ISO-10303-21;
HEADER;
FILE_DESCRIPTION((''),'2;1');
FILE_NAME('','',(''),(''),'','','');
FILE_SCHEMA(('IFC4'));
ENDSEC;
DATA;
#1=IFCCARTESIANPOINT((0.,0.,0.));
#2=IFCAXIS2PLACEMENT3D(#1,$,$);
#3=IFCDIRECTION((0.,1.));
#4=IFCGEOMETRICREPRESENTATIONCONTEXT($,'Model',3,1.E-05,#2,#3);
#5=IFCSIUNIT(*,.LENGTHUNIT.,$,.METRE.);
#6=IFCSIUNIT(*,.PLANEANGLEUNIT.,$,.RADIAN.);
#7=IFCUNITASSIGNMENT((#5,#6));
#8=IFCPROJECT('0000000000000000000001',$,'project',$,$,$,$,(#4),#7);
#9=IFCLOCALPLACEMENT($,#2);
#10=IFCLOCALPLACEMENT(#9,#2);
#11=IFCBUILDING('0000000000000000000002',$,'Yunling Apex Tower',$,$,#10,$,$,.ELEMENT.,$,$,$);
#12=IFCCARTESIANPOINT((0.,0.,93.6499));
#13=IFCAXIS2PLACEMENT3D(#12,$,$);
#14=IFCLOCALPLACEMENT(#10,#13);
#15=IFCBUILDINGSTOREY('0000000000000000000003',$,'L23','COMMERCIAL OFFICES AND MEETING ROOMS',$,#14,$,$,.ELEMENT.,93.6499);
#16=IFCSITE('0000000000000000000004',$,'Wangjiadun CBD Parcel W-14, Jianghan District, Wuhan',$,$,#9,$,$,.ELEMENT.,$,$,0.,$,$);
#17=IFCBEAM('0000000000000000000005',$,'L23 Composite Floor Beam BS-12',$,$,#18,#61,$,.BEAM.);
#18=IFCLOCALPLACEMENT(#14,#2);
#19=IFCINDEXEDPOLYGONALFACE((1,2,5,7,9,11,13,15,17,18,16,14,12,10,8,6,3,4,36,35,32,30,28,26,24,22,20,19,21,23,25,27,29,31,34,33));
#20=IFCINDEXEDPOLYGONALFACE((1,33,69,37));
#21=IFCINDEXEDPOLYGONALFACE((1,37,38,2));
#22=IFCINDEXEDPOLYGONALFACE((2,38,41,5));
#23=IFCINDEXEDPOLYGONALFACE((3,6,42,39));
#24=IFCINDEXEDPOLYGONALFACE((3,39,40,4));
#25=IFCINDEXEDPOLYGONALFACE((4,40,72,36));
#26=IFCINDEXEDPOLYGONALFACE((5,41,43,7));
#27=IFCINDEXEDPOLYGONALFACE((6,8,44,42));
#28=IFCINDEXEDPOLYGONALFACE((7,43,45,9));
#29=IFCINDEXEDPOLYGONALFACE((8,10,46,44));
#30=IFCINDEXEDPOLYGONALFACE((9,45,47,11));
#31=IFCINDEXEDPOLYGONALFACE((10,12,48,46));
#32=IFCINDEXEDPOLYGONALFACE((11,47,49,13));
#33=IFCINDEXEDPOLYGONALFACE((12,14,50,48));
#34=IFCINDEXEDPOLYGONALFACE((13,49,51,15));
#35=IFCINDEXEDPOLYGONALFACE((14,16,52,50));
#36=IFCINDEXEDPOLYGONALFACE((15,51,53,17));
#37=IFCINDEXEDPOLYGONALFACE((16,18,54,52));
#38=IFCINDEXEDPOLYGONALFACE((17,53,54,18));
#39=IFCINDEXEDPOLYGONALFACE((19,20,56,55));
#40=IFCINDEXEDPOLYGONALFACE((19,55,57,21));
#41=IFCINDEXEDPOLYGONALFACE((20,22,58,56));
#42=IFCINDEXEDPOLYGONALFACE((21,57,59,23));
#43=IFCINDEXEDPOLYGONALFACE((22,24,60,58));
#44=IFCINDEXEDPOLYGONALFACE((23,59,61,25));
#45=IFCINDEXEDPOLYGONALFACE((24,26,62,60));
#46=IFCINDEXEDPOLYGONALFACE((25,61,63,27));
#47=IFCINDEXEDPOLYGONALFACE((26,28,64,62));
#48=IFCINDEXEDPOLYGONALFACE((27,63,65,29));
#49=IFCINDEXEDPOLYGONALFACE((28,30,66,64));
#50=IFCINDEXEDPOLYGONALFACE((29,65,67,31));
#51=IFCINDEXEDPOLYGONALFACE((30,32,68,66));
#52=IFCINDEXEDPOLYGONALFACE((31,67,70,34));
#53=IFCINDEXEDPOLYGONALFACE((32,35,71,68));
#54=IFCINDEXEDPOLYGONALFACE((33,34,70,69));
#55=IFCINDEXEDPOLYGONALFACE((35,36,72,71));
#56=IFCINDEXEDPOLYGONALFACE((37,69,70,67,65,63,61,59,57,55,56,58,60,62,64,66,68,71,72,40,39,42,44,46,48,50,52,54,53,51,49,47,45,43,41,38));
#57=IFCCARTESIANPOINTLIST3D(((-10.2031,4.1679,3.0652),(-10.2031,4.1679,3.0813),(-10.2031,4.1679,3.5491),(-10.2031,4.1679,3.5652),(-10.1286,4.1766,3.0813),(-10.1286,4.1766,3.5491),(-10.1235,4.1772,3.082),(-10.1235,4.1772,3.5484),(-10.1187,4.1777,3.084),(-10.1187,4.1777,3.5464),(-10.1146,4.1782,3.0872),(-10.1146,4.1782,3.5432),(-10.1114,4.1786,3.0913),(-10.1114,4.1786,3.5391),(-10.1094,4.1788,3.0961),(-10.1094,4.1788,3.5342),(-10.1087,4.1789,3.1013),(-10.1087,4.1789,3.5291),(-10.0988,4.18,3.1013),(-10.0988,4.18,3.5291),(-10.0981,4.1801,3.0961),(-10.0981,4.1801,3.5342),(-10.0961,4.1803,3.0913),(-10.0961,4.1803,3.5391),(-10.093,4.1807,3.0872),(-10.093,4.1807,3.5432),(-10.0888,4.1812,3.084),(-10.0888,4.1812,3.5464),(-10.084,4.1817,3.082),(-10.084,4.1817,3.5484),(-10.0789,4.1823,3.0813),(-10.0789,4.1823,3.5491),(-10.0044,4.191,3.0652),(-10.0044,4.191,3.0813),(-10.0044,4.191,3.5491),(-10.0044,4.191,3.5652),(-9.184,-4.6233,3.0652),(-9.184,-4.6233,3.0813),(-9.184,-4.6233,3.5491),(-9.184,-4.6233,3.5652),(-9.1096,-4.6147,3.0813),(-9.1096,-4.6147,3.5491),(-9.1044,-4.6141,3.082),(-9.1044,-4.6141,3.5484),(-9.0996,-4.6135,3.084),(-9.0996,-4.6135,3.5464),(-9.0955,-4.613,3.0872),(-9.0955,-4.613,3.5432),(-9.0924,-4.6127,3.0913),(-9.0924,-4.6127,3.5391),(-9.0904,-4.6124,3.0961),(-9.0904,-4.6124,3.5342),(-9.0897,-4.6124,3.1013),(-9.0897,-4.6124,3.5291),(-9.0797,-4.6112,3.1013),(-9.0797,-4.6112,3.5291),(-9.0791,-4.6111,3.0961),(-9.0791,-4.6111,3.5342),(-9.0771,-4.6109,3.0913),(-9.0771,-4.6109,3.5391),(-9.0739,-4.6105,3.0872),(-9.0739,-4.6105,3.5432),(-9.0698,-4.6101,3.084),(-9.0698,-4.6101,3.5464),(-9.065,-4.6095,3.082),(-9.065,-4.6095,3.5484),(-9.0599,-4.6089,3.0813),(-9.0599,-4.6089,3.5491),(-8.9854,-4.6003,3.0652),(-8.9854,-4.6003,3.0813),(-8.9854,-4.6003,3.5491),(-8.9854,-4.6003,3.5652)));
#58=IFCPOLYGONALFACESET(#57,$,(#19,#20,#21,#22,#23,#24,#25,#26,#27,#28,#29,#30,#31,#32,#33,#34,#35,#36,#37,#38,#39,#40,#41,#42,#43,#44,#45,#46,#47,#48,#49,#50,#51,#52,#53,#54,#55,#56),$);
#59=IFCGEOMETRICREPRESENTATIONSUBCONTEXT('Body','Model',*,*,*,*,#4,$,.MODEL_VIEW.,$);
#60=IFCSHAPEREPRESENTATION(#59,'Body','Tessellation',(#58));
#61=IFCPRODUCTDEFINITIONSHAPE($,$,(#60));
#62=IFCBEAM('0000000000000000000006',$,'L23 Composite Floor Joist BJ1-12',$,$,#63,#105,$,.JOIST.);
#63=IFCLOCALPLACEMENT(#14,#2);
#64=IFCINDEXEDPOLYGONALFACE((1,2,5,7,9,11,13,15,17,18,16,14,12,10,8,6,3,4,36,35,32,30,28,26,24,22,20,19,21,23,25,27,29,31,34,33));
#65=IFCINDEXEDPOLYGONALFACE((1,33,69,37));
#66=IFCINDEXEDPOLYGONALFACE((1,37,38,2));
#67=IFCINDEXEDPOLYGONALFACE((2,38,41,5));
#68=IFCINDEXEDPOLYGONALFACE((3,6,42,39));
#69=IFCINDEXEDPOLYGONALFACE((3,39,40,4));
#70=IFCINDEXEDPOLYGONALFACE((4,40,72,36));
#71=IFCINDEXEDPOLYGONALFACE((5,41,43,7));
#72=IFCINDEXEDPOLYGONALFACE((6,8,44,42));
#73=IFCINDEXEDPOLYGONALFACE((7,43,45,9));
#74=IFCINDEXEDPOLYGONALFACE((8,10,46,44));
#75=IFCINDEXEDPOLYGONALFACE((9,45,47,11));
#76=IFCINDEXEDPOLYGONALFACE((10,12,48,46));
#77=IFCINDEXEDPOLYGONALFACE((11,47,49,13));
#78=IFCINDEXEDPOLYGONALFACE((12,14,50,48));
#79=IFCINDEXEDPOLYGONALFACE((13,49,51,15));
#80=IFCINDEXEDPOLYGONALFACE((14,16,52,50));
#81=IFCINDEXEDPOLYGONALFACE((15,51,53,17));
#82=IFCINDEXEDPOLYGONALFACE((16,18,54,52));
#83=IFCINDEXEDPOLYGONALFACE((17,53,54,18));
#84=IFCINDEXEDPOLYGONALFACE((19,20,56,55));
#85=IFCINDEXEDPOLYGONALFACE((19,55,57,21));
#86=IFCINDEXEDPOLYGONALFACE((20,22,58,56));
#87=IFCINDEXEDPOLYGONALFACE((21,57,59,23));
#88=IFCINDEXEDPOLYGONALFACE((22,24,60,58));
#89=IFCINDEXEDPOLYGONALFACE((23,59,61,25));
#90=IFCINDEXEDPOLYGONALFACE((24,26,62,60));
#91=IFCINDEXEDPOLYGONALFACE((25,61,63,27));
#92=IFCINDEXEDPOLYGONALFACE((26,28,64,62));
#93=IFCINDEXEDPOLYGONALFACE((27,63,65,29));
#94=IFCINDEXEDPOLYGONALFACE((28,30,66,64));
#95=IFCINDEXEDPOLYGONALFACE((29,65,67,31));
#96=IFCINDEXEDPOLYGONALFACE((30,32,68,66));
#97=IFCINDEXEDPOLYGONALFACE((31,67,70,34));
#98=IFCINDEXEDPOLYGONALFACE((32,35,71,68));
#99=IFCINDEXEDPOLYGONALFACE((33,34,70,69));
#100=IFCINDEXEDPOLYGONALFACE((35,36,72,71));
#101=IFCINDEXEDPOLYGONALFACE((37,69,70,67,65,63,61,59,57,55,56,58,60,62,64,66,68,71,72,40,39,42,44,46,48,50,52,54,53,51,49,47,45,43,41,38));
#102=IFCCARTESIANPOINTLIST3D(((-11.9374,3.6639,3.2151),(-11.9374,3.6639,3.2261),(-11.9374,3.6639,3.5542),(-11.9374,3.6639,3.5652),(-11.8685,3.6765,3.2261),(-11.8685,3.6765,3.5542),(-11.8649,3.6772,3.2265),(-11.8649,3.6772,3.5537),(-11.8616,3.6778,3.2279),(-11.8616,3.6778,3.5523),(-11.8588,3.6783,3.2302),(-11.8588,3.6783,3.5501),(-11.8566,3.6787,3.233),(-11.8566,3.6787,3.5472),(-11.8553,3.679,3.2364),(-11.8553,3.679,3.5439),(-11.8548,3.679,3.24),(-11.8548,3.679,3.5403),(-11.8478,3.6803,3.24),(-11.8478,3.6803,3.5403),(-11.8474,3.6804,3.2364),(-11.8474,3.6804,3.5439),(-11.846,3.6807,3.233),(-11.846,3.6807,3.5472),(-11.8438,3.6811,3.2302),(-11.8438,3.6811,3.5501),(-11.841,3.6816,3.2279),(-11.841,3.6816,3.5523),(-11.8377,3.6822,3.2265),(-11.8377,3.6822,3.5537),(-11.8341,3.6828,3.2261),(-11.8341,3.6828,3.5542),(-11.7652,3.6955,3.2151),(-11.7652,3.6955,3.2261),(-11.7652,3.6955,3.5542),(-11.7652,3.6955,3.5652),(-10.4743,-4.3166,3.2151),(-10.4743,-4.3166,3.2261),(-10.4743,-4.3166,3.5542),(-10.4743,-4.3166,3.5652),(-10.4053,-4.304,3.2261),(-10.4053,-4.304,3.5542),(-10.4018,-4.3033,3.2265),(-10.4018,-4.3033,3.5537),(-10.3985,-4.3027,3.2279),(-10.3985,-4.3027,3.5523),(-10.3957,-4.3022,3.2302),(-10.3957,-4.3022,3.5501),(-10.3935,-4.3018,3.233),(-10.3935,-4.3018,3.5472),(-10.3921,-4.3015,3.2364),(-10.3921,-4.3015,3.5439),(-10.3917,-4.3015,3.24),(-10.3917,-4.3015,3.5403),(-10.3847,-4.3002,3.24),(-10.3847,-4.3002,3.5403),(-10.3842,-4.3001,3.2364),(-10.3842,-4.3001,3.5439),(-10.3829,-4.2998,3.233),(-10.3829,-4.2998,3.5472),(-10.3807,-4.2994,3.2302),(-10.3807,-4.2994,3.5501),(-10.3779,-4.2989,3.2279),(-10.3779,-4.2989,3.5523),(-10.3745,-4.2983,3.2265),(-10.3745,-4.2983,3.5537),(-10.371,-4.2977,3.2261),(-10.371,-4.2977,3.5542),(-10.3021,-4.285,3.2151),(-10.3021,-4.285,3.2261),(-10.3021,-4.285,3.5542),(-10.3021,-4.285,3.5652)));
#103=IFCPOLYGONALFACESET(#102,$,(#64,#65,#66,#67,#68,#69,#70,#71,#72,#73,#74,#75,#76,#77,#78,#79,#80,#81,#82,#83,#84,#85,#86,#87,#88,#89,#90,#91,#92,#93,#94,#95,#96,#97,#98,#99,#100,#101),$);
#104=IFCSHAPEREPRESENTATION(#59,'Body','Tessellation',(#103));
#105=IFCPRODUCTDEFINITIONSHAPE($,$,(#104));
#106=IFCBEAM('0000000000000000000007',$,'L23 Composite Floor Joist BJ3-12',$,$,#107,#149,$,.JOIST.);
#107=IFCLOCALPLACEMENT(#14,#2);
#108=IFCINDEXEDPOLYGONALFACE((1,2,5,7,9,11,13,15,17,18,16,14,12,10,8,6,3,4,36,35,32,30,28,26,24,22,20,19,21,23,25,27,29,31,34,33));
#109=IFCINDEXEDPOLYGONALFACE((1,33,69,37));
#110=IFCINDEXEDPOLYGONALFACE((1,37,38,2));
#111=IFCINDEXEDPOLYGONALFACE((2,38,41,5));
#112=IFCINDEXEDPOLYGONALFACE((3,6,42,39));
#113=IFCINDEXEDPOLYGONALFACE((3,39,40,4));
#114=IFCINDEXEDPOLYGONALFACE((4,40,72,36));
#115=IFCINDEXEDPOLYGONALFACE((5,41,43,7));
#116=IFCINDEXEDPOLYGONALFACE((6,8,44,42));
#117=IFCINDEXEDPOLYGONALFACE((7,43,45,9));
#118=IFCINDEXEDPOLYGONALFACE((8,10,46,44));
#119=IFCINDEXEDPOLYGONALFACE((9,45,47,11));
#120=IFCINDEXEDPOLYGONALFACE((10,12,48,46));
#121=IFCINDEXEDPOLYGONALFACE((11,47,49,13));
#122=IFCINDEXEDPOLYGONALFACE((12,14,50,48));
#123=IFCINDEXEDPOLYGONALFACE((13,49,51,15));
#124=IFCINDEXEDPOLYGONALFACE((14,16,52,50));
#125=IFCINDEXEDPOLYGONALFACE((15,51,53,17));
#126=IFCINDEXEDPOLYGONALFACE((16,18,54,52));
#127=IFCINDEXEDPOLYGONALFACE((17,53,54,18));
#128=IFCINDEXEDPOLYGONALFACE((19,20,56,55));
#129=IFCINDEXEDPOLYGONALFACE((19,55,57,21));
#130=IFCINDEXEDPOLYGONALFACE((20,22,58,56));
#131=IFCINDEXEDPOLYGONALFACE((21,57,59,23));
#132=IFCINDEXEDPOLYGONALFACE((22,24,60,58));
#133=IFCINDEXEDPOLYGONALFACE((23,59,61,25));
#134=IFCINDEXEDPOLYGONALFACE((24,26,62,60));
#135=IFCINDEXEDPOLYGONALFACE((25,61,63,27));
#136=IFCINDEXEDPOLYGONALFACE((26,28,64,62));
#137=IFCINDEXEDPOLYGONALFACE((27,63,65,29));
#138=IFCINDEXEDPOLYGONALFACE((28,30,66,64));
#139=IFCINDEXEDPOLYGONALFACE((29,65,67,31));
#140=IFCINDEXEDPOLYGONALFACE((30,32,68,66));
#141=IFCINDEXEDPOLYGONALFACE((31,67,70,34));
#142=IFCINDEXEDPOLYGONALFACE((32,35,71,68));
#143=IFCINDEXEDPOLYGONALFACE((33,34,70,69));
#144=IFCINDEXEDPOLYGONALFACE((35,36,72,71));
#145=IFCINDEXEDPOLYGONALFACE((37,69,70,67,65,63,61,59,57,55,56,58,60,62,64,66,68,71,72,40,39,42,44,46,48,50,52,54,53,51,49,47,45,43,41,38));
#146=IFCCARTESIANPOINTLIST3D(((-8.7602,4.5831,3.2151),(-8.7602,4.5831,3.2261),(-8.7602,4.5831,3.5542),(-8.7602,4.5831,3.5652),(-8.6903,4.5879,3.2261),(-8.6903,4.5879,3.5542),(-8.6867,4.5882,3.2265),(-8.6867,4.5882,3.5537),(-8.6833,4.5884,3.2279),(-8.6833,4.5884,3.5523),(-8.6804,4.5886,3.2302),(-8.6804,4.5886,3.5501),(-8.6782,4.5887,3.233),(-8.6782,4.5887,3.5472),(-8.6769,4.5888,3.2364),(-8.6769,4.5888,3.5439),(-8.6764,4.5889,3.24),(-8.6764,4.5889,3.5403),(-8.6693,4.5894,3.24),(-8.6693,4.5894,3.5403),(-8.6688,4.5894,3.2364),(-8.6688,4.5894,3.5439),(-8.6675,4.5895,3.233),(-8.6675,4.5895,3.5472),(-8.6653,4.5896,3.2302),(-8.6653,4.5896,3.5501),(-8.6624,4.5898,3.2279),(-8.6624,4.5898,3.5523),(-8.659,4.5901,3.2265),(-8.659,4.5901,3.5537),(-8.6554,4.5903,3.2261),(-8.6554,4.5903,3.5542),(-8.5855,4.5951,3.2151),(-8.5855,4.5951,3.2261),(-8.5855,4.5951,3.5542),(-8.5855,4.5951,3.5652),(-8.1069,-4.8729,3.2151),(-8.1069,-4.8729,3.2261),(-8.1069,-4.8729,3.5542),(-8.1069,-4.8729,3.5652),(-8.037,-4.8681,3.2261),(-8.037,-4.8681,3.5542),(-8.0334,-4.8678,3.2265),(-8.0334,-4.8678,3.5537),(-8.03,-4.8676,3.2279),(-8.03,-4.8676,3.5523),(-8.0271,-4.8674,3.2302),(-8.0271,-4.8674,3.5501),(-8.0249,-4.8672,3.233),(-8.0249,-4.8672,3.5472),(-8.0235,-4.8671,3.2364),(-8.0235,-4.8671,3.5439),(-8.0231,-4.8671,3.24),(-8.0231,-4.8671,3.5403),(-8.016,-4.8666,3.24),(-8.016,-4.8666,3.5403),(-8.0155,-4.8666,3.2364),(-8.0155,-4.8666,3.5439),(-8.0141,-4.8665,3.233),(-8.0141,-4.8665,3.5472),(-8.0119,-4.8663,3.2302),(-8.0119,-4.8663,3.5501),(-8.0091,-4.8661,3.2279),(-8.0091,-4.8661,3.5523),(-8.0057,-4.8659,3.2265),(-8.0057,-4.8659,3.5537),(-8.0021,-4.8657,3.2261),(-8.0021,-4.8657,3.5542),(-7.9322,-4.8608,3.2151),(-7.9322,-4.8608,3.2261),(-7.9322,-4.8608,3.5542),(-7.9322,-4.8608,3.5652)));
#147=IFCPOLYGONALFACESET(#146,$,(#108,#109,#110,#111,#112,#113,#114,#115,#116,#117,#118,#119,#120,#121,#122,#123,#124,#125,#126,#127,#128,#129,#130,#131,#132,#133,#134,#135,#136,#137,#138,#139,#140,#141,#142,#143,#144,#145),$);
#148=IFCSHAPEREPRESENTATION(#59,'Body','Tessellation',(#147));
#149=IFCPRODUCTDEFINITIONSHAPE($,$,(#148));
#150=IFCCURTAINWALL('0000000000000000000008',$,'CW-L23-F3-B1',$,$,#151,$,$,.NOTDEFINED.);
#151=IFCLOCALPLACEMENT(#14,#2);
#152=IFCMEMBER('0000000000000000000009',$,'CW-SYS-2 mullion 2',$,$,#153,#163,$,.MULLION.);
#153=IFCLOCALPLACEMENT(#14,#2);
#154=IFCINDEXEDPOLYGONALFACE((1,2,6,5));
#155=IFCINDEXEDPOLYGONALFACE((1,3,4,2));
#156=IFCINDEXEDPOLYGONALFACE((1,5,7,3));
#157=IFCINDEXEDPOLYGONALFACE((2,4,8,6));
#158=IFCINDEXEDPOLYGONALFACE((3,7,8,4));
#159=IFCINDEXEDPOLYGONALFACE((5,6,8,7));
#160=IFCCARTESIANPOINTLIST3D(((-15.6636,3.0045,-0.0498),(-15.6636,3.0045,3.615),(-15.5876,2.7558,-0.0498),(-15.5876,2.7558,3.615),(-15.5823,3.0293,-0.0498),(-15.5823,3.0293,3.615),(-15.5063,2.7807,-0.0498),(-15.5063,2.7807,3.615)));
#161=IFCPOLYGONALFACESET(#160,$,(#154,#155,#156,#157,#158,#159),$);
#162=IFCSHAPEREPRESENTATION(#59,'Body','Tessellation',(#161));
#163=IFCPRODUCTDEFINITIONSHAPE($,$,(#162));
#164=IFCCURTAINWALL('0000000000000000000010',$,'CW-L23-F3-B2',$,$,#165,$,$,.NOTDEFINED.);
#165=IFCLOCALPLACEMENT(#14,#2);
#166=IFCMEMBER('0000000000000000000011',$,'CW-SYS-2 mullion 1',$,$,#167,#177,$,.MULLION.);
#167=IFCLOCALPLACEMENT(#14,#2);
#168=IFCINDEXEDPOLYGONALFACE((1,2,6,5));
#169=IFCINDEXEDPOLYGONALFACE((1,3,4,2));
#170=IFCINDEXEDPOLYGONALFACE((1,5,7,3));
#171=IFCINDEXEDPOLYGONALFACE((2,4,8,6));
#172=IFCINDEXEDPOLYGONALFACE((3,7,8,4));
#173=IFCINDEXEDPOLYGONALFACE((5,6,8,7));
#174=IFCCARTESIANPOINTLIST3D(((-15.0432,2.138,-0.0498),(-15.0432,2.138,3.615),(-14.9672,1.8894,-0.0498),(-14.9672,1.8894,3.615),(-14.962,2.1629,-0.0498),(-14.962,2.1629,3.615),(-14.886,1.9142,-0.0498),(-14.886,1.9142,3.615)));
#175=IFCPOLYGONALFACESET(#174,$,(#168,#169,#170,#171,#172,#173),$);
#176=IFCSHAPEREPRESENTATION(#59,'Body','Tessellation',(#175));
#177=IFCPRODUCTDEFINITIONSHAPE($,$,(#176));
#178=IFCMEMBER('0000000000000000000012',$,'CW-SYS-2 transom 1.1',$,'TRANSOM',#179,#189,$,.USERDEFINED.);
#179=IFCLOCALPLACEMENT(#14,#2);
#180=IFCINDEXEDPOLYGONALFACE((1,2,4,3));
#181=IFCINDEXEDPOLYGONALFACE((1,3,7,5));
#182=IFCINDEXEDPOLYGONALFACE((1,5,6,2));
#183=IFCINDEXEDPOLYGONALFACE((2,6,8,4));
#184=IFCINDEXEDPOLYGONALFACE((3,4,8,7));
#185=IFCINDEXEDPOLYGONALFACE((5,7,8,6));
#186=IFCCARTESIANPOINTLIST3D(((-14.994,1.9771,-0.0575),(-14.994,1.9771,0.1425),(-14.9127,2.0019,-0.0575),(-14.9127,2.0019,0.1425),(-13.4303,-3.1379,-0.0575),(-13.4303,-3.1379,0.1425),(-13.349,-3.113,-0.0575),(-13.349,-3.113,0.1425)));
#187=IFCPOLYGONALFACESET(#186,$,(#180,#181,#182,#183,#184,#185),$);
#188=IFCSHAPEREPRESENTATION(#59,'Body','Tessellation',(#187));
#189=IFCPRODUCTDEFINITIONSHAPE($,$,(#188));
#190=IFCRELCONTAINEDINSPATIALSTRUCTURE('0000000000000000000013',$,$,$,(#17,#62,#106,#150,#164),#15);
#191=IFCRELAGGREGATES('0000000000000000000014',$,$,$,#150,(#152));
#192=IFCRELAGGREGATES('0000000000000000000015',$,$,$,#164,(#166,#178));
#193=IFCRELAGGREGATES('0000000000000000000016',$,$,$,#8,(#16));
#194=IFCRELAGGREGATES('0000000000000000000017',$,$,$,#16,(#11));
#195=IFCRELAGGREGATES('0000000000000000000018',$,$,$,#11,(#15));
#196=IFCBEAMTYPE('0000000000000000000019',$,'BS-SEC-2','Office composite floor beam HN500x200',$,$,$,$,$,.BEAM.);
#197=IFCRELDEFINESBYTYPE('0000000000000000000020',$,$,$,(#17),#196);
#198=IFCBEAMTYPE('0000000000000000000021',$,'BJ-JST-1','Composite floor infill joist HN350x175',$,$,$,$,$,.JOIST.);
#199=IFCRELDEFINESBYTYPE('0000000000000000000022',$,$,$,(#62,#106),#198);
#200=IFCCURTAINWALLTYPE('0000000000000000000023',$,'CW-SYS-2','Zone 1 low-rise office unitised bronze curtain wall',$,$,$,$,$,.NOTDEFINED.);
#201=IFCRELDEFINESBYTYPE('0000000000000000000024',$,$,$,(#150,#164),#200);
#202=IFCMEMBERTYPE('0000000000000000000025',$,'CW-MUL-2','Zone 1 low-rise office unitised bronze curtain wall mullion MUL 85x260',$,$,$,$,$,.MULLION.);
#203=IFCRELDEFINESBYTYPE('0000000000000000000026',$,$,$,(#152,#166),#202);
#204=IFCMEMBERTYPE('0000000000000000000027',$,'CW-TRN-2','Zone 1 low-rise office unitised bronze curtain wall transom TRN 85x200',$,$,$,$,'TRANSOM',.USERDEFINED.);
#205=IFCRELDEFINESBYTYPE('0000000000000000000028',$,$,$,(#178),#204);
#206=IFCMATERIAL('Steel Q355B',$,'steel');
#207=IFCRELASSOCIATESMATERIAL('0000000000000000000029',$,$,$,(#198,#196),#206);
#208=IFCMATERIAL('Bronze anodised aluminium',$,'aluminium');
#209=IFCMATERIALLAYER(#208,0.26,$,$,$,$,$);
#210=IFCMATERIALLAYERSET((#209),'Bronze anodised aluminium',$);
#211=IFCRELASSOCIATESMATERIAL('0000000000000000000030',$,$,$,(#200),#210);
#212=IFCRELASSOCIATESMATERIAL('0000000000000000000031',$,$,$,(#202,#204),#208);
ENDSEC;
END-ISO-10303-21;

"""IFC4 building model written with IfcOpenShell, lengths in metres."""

from ifc_helpers import new_model, si_unit, direction, frame, origin, origin_2d, place, context, subcontext, project, spatial, rectangle, i_section, extrude, source, transform, mapped, material, layer, layer_set, material_profile, profile_set, type_object, element, aggregate, save


model = new_model("IFC4")

# Units and contexts
model_context = context("Model", 3, precision=1e-05, world=origin(), true_north=direction((0.0, 1.0)))
body_context = subcontext(model_context, "Body", "Model", "MODEL_VIEW")
ifc_project = project(units=[si_unit("LENGTHUNIT", "METRE"), si_unit("PLANEANGLEUNIT", "RADIAN")], contexts=[model_context])

# Site, building, storey
site_placement = place(None, origin())
site = spatial("IfcSite", under=ifc_project, at=site_placement, Name="Wangjiadun CBD Parcel W-14, Jianghan District, Wuhan", CompositionType="ELEMENT", RefElevation=0.0)
building_placement = place(site_placement, origin())
building = spatial("IfcBuilding", under=site, at=building_placement, Name="Yunling Apex Tower", CompositionType="ELEMENT")
storey_placement = place(building_placement, frame((0.0, 0.0, 93.6499)))
storey = spatial("IfcBuildingStorey", under=building, at=storey_placement, Name="L23", Description="COMMERCIAL OFFICES AND MEETING ROOMS", CompositionType="ELEMENT", Elevation=93.6499)

# Beams
ifc_material_1 = material(Name="Steel Q355B", Category="steel")
ifc_material_profile_1 = material_profile(ifc_material_1, i_section(OverallWidth=0.175, OverallDepth=0.3501, WebThickness=0.0071, FlangeThickness=0.011, FilletRadius=0.0139, at=origin_2d()))
ifc_profile_set_1 = profile_set([ifc_material_profile_1], Name="Steel Q355B")
beam_type_1 = type_object("IfcBeamType", Name="BJ-JST-1", Description="Composite floor infill joist HN350x175", PredefinedType="JOIST", material=ifc_profile_set_1)
ifc_material_profile_2 = material_profile(ifc_material_1, i_section(OverallWidth=0.2, OverallDepth=0.5, WebThickness=0.01, FlangeThickness=0.0161, FilletRadius=0.02, at=origin_2d()))
ifc_profile_set_2 = profile_set([ifc_material_profile_2], Name="Steel Q355B")
beam_type_2 = type_object("IfcBeamType", Name="BS-SEC-2", Description="Office composite floor beam HN500x200", PredefinedType="BEAM", material=ifc_profile_set_2)
shared_shape_1 = source(origin(), body_context, "Body", "SweptSolid", [
    extrude(i_section(OverallWidth=0.2, OverallDepth=0.5, WebThickness=0.01, FlangeThickness=0.0161, FilletRadius=0.02, at=origin_2d()), origin(), (0.0, 0.0, 1.0), 8.8501),
])
beam_1_placement = place(storey_placement, frame((-10.1038, 4.1794, 3.3152), z_axis=(0.115144, -0.993349, 0.0), x_axis=(0.993349, 0.115144, 0.0)))
element("IfcBeam", 1, at=beam_1_placement, inside=storey, type_object=beam_type_2, Name="L23 Composite Floor Beam BS-12", PredefinedType="BEAM", context=body_context, shape_type="MappedRepresentation", body=[
    mapped(shared_shape_1, transform((0.0, 0.0, 0.0), scale=1.0)),
])
shared_shape_2 = source(origin(), body_context, "Body", "SweptSolid", [
    extrude(i_section(OverallWidth=0.175, OverallDepth=0.3501, WebThickness=0.0071, FlangeThickness=0.011, FilletRadius=0.0139, at=origin_2d()), origin(), (0.0, 0.0, 1.0), 8.1135),
])
beam_2_placement = place(storey_placement, frame((-11.8513, 3.6797, 3.3901), z_axis=(0.180334, -0.983605, 0.0), x_axis=(0.983605, 0.180334, 0.0)))
element("IfcBeam", 2, at=beam_2_placement, inside=storey, type_object=beam_type_1, Name="L23 Composite Floor Joist BJ1-12", PredefinedType="JOIST", context=body_context, shape_type="MappedRepresentation", body=[
    mapped(shared_shape_2, transform((0.0, 0.0, 0.0), scale=1.0)),
])
shared_shape_3 = source(origin(), body_context, "Body", "SweptSolid", [
    extrude(i_section(OverallWidth=0.175, OverallDepth=0.3501, WebThickness=0.0071, FlangeThickness=0.011, FilletRadius=0.0139, at=origin_2d()), origin(), (0.0, 0.0, 1.0), 9.4785),
])
beam_3_placement = place(storey_placement, frame((-8.6729, 4.5891, 3.3901), z_axis=(0.068926, -0.997622, 0.0), x_axis=(0.997622, 0.068926, 0.0)))
element("IfcBeam", 3, at=beam_3_placement, inside=storey, type_object=beam_type_1, Name="L23 Composite Floor Joist BJ3-12", PredefinedType="JOIST", context=body_context, shape_type="MappedRepresentation", body=[
    mapped(shared_shape_3, transform((0.0, 0.0, 0.0), scale=1.0)),
])

# Curtain wall, member
ifc_material_2 = material(Name="Bronze anodised aluminium", Category="aluminium")
ifc_layer_1 = layer(ifc_material_2, 0.26)
ifc_layer_set_1 = layer_set([ifc_layer_1], Name="Bronze anodised aluminium")
curtain_wall_type = type_object("IfcCurtainWallType", Name="CW-SYS-2", Description="Zone 1 low-rise office unitised bronze curtain wall", PredefinedType="NOTDEFINED", material=ifc_layer_set_1)
curtain_wall_1_placement = place(storey_placement, origin())
curtain_wall_1 = element("IfcCurtainWall", 4, at=curtain_wall_1_placement, inside=storey, type_object=curtain_wall_type, Name="CW-L23-F3-B1", PredefinedType="NOTDEFINED")
ifc_material_profile_3 = material_profile(ifc_material_2, rectangle(XDim=0.085, YDim=0.26, at=origin_2d()))
ifc_profile_set_3 = profile_set([ifc_material_profile_3], Name="Bronze anodised aluminium")
member_type_1 = type_object("IfcMemberType", Name="CW-MUL-2", Description="Zone 1 low-rise office unitised bronze curtain wall mullion MUL 85x260", PredefinedType="MULLION", material=ifc_profile_set_3)
shared_shape_4 = source(origin(), body_context, "Body", "SweptSolid", [
    extrude(rectangle(XDim=0.085, YDim=0.26, at=origin_2d()), origin(), (0.0, 0.0, 1.0), 3.6648),
])
member_1_placement = place(storey_placement, frame((-15.585, 2.8926, -0.0498), z_axis=(0.0, 0.0, 1.0), x_axis=(0.956304, 0.292373, 0.0)))
member_1 = element("IfcMember", 5, at=member_1_placement, type_object=member_type_1, Name="CW-SYS-2 mullion 2", PredefinedType="MULLION", context=body_context, shape_type="MappedRepresentation", body=[
    mapped(shared_shape_4, transform((0.0, 0.0, 0.0), scale=1.0)),
])

# Curtain wall, members
curtain_wall_2_placement = place(storey_placement, origin())
curtain_wall_2 = element("IfcCurtainWall", 6, at=curtain_wall_2_placement, inside=storey, type_object=curtain_wall_type, Name="CW-L23-F3-B2", PredefinedType="NOTDEFINED")
member_2_placement = place(storey_placement, frame((-14.9646, 2.0261, -0.0498), z_axis=(0.0, 0.0, 1.0), x_axis=(0.956307, 0.292364, 0.0)))
member_2 = element("IfcMember", 7, at=member_2_placement, type_object=member_type_1, Name="CW-SYS-2 mullion 1", PredefinedType="MULLION", context=body_context, shape_type="MappedRepresentation", body=[
    mapped(shared_shape_4, transform((0.0, 0.0, 0.0), scale=1.0)),
])
ifc_material_profile_4 = material_profile(ifc_material_2, rectangle(XDim=0.085, YDim=0.2, at=origin_2d()))
ifc_profile_set_4 = profile_set([ifc_material_profile_4], Name="Bronze anodised aluminium")
member_type_2 = type_object("IfcMemberType", Name="CW-TRN-2", Description="Zone 1 low-rise office unitised bronze curtain wall transom TRN 85x200", ElementType="TRANSOM", PredefinedType="USERDEFINED", material=ifc_profile_set_4)
shared_shape_5 = source(origin(), body_context, "Body", "SweptSolid", [
    extrude(rectangle(XDim=0.085, YDim=0.2, at=origin_2d()), origin(), (0.0, 0.0, 1.0), 5.3486),
])
member_3_placement = place(storey_placement, frame((-14.9534, 1.9895, 0.0425), z_axis=(0.292357, -0.956309, 0.0), x_axis=(0.956309, 0.292357, 0.0)))
member_3 = element("IfcMember", 8, at=member_3_placement, type_object=member_type_2, Name="CW-SYS-2 transom 1.1", ObjectType="TRANSOM", PredefinedType="USERDEFINED", context=body_context, shape_type="MappedRepresentation", body=[
    mapped(shared_shape_5, transform((0.0, 0.0, 0.0), scale=1.0)),
])

aggregate(curtain_wall_1, [member_1])
aggregate(curtain_wall_2, [member_2, member_3])

save(model, "model.ifc")
